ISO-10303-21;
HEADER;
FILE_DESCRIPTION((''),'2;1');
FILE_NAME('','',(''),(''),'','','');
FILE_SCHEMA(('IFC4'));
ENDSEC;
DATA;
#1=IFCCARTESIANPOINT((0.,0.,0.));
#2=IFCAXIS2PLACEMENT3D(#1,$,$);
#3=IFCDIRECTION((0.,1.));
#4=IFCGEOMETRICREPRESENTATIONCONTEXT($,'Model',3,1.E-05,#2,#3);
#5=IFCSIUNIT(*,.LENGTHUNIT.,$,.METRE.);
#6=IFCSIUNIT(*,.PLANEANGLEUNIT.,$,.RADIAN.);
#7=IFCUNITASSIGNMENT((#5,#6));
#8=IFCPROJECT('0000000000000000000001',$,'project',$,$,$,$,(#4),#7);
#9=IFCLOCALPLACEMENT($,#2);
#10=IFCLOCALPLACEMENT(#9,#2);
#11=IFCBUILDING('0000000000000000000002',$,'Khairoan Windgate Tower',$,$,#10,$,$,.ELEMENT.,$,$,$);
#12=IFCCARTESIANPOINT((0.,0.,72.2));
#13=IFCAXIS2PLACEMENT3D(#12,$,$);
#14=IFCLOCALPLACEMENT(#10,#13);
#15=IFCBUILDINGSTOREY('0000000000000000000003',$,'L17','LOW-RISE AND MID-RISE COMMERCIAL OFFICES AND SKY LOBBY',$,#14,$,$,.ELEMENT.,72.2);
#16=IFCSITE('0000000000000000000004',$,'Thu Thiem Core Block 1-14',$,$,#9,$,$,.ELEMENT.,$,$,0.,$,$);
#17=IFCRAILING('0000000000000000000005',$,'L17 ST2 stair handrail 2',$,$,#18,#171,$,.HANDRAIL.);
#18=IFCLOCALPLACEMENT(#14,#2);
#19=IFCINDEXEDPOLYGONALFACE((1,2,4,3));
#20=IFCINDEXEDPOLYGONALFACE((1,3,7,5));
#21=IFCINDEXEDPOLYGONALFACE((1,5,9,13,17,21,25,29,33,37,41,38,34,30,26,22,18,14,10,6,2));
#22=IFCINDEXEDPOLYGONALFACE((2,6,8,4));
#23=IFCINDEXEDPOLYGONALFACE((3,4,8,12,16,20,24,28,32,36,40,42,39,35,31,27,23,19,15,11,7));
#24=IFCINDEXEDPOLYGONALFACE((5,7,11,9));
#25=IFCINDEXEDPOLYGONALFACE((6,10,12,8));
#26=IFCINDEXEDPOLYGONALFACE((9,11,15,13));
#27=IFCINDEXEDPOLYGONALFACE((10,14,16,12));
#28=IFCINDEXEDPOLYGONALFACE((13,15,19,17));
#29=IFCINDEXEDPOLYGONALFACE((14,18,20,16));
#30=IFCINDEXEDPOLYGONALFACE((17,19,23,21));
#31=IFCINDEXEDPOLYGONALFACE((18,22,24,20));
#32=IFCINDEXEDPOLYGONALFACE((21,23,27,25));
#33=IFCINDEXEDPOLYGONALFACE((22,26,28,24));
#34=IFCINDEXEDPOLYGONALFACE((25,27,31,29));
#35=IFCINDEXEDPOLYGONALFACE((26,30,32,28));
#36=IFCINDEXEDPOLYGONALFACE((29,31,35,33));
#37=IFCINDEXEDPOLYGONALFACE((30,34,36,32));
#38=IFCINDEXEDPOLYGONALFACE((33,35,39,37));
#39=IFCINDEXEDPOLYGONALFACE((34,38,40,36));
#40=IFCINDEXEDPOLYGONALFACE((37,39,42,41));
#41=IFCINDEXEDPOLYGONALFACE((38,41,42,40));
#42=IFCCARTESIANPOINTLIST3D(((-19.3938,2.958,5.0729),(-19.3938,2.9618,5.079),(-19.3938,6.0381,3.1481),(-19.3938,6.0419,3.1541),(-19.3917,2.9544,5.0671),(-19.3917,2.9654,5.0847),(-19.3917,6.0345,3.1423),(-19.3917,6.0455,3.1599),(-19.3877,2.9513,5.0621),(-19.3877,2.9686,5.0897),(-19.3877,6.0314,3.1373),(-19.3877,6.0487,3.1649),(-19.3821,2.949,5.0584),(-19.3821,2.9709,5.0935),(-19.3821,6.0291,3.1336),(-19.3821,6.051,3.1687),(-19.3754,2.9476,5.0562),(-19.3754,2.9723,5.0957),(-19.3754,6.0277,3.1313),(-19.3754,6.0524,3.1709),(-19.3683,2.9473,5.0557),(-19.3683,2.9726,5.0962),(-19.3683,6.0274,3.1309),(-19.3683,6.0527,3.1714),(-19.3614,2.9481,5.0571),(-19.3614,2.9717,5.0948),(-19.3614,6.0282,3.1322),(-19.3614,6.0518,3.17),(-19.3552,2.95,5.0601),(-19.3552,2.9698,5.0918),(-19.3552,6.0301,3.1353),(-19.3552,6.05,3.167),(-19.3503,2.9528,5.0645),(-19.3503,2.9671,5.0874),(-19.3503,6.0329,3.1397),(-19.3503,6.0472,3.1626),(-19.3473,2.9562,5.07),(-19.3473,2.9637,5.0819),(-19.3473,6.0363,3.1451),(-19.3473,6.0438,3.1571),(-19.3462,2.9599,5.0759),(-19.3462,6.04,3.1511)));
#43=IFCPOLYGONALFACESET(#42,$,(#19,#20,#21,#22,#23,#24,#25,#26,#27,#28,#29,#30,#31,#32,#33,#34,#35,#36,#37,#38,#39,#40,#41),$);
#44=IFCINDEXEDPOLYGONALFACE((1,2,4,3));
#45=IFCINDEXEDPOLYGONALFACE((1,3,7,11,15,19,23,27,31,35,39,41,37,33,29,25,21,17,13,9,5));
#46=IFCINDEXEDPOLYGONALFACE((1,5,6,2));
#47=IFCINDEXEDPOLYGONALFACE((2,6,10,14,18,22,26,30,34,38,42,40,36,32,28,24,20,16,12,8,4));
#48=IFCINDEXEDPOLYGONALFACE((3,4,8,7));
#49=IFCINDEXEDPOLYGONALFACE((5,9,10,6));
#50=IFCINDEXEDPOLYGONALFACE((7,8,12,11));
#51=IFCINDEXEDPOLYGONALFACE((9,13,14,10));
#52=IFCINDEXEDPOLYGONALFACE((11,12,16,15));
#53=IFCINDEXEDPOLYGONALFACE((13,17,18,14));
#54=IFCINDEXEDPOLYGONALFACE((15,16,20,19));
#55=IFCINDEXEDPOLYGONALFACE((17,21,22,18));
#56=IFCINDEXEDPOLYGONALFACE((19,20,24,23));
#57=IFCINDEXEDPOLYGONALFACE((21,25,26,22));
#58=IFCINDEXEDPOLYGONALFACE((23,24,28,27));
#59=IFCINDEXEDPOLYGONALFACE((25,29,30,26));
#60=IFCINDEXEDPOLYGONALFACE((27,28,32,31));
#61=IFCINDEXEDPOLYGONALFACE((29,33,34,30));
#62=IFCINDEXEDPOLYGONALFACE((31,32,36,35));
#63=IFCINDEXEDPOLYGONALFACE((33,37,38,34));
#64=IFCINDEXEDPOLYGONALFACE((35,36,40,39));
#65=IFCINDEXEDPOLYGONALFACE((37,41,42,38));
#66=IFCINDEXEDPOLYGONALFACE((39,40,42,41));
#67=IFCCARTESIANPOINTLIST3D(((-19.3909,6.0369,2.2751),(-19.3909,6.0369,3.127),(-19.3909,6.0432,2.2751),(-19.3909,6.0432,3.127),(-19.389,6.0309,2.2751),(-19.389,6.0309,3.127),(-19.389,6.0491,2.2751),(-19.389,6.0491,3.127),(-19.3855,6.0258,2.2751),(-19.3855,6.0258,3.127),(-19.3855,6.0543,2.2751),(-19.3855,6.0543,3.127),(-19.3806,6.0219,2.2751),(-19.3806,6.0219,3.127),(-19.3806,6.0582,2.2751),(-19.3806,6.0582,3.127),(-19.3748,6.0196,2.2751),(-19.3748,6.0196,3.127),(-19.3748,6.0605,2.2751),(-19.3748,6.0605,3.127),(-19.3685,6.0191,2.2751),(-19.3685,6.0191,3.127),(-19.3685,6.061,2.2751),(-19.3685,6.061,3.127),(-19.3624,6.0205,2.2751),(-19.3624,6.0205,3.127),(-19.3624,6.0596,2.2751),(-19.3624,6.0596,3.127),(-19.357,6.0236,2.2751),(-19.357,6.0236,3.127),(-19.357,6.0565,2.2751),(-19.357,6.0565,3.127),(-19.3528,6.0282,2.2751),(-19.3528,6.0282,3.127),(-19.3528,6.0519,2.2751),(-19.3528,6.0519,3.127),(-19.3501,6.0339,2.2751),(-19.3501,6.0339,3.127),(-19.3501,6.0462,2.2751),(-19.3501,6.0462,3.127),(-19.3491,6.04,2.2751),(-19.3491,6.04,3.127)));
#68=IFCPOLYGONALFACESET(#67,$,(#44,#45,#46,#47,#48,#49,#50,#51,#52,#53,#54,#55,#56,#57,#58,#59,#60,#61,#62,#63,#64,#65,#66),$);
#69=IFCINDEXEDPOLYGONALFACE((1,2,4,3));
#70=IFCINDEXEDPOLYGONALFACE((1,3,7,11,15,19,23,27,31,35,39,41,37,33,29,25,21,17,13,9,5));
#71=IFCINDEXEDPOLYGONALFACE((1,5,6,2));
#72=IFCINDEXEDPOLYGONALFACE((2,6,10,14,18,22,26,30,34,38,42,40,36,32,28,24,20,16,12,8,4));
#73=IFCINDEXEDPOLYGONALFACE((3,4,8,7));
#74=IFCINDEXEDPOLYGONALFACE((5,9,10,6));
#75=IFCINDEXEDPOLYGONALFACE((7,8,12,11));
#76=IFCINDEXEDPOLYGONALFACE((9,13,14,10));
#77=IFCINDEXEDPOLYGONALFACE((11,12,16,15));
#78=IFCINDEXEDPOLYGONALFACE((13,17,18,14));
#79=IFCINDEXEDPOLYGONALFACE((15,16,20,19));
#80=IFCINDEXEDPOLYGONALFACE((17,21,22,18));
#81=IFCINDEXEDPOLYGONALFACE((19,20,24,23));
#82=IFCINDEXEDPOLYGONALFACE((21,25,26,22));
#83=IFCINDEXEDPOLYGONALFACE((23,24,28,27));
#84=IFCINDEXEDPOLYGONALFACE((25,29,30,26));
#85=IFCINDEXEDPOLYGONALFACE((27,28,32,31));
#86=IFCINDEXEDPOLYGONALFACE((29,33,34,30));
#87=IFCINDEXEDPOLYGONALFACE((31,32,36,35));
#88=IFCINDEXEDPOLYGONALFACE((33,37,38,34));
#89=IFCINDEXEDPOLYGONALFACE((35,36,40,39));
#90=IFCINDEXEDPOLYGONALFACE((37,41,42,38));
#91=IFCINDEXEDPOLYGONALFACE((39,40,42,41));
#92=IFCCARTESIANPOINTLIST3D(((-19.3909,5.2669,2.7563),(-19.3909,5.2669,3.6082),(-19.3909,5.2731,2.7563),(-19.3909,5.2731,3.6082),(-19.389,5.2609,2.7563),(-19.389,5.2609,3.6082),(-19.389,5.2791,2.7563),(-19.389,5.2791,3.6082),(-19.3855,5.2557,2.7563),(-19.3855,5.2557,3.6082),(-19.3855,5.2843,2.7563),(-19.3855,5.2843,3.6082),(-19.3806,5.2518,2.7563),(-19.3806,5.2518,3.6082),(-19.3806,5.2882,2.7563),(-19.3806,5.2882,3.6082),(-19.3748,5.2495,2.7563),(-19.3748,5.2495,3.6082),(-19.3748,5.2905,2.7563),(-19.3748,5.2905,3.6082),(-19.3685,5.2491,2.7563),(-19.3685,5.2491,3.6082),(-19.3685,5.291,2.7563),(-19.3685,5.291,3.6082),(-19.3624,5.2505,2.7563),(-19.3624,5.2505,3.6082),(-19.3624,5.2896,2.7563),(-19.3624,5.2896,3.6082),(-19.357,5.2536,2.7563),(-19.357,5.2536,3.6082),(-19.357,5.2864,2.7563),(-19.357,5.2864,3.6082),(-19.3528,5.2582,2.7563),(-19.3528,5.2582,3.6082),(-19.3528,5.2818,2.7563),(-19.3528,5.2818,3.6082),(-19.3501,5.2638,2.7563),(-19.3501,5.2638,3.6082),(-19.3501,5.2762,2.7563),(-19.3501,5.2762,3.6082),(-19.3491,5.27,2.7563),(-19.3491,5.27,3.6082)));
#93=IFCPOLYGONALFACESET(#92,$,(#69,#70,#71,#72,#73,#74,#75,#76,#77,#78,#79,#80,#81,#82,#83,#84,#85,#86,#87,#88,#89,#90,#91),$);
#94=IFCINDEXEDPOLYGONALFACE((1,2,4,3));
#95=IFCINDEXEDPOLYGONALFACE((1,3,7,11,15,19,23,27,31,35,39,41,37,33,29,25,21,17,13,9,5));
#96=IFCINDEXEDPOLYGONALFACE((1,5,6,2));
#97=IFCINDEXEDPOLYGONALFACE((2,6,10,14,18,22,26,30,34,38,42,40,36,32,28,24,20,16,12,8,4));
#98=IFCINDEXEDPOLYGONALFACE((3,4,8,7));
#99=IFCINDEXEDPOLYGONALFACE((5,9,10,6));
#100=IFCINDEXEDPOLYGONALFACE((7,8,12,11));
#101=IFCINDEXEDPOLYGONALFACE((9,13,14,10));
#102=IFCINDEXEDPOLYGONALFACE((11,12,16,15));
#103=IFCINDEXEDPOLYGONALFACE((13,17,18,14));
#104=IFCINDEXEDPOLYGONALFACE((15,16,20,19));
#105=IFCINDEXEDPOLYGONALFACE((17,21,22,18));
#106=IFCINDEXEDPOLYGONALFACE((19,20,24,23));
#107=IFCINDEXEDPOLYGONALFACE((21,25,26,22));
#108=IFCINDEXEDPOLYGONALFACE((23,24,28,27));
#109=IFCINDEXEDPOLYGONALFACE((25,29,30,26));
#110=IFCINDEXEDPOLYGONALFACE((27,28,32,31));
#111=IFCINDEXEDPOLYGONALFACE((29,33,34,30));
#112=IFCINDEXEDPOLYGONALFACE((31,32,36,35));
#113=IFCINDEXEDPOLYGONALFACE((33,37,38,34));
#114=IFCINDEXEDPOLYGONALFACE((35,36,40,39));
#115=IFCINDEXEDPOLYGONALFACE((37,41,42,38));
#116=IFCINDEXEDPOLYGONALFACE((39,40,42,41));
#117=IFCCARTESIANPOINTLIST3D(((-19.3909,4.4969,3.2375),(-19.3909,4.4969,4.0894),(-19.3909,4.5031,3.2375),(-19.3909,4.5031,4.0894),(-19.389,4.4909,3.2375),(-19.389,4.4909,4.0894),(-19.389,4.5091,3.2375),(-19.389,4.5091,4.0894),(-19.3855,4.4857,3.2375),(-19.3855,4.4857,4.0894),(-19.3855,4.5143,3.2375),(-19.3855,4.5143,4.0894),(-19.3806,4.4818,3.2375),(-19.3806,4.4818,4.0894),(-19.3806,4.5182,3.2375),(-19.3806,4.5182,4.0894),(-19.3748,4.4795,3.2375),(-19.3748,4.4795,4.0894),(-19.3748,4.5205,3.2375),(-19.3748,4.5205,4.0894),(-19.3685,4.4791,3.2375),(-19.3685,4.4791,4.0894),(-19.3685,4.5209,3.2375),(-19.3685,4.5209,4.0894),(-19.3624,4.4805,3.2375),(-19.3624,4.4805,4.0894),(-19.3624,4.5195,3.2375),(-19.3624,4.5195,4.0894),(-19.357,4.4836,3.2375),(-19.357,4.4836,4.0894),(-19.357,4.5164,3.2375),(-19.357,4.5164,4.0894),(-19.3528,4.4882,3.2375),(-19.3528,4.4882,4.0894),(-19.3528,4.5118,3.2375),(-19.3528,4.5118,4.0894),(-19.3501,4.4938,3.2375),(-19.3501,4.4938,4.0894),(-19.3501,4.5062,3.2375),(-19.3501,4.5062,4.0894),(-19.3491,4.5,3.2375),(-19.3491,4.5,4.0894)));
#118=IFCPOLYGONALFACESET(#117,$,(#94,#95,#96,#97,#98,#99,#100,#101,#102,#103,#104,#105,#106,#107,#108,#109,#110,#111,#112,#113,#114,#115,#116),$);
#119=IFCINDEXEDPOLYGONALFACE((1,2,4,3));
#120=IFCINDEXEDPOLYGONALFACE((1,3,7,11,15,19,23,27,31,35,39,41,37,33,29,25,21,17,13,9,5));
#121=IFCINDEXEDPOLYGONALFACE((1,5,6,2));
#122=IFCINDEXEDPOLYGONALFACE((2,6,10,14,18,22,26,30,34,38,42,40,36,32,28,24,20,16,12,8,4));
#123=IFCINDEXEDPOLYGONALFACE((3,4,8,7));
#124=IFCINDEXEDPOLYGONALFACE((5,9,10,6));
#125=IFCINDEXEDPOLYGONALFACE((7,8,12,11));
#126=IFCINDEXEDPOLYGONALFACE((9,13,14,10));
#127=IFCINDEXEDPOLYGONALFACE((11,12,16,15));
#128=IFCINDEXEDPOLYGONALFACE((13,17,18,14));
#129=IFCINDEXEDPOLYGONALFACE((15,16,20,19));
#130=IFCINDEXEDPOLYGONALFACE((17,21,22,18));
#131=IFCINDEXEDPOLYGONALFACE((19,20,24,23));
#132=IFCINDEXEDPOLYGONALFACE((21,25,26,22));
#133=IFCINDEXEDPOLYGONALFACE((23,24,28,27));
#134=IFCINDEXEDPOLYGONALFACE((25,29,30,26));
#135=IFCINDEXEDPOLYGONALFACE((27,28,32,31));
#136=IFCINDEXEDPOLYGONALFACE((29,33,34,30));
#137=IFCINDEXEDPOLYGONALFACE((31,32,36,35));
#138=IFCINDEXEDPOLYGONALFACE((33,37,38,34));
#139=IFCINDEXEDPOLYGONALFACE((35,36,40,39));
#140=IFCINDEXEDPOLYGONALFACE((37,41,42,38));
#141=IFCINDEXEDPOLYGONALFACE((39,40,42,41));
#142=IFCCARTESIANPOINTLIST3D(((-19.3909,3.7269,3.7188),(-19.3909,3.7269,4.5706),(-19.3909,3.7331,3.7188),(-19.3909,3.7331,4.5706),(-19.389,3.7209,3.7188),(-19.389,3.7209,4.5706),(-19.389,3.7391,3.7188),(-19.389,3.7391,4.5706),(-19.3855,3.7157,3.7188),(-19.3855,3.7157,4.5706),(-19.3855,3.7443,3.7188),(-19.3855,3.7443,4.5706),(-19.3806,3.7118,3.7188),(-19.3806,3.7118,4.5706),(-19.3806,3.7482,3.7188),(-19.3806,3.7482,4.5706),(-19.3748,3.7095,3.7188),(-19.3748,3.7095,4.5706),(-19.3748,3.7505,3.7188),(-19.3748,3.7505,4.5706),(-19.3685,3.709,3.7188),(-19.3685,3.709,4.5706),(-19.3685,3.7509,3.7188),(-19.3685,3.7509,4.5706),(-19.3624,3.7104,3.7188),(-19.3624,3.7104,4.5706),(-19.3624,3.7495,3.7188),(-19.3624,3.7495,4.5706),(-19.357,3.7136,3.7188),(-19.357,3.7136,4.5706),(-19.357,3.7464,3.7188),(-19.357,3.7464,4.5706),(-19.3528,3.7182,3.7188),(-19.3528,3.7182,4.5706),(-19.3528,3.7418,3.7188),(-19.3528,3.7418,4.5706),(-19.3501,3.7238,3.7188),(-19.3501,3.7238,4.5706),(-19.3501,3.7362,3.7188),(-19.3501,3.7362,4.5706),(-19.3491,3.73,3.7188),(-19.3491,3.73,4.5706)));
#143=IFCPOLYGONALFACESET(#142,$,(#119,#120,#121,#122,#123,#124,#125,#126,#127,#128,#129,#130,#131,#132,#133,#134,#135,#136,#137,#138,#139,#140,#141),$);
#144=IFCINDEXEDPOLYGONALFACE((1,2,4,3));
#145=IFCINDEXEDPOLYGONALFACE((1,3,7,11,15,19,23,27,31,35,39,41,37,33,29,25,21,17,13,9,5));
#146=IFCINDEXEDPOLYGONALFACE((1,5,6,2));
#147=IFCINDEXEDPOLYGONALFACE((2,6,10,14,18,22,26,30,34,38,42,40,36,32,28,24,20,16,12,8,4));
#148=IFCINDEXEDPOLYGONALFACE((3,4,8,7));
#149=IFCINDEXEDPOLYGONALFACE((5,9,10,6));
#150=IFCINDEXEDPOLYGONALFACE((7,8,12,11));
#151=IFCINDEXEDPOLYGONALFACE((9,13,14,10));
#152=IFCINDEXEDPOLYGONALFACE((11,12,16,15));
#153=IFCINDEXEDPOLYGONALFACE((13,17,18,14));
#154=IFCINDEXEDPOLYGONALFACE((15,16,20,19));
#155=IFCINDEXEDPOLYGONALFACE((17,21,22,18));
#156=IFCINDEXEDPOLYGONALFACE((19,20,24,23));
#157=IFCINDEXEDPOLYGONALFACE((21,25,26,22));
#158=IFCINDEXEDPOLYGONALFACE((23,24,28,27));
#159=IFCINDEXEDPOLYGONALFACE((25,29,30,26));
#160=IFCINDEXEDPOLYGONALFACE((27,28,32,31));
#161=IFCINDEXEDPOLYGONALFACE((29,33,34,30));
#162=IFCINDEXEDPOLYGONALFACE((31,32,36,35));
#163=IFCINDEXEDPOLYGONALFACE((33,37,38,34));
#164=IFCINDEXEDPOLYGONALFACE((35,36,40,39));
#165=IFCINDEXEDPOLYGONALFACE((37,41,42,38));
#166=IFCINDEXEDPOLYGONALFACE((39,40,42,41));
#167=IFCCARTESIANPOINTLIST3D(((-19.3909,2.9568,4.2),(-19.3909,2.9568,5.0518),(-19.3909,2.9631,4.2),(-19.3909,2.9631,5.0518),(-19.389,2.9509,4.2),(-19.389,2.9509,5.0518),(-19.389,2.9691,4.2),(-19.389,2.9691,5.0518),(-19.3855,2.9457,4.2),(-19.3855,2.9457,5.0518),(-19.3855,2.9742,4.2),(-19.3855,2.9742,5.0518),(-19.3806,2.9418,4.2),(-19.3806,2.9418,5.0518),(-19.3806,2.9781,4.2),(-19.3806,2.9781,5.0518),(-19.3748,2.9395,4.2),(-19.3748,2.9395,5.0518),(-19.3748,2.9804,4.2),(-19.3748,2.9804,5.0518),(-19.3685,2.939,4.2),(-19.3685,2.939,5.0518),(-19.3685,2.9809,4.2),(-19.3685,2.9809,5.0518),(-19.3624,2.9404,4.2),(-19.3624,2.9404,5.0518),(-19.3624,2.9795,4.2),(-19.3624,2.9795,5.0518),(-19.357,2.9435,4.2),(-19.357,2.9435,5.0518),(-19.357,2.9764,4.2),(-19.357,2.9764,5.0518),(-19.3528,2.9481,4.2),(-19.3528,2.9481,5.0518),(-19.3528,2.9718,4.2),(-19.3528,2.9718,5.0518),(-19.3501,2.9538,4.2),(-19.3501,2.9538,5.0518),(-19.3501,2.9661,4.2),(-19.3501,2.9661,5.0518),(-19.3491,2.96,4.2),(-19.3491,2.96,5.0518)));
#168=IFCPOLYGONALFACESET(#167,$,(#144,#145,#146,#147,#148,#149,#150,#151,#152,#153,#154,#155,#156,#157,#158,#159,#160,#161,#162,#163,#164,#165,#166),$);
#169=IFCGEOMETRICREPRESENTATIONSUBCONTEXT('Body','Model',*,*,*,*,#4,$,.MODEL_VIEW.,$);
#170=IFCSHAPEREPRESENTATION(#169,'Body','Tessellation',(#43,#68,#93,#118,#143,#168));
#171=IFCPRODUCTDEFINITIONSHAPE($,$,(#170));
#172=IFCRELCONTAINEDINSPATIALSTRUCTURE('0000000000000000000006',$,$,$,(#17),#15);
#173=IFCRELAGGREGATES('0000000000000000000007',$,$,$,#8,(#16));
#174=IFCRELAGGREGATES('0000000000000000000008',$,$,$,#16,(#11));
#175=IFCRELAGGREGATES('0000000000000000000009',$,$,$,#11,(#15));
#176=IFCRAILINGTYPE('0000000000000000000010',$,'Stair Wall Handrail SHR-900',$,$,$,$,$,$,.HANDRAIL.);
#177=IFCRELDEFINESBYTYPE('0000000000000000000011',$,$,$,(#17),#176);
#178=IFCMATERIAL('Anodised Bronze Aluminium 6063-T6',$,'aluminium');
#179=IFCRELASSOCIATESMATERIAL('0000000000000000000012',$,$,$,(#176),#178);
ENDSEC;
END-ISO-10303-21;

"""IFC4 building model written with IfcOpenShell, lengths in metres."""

from ifc_helpers import new_model, si_unit, direction, frame, origin, origin_2d, place, context, subcontext, project, spatial, circle, extrude, material, type_object, element, save


model = new_model("IFC4")

# Units and contexts
model_context = context("Model", 3, precision=1e-05, world=origin(), true_north=direction((0.0, 1.0)))
body_context = subcontext(model_context, "Body", "Model", "MODEL_VIEW")
ifc_project = project(units=[si_unit("LENGTHUNIT", "METRE"), si_unit("PLANEANGLEUNIT", "RADIAN")], contexts=[model_context])

# Site, building, storey
site_placement = place(None, origin())
site = spatial("IfcSite", under=ifc_project, at=site_placement, Name="Thu Thiem Core Block 1-14", CompositionType="ELEMENT", RefElevation=0.0)
building_placement = place(site_placement, origin())
building = spatial("IfcBuilding", under=site, at=building_placement, Name="Khairoan Windgate Tower", CompositionType="ELEMENT")
storey_placement = place(building_placement, frame((0.0, 0.0, 72.2)))
storey = spatial("IfcBuildingStorey", under=building, at=storey_placement, Name="L17", Description="LOW-RISE AND MID-RISE COMMERCIAL OFFICES AND SKY LOBBY", CompositionType="ELEMENT", Elevation=72.2)

# Railing
ifc_material_1 = material(Name="Anodised Bronze Aluminium 6063-T6", Category="aluminium")
railing_type_1 = type_object("IfcRailingType", Name="Stair Wall Handrail SHR-900", PredefinedType="HANDRAIL", material=ifc_material_1)
railing_1_placement = place(storey_placement, frame((-19.3701, 6.04, 2.2751)))
element("IfcRailing", 1, at=railing_1_placement, inside=storey, type_object=railing_type_1, Name="L17 ST2 stair handrail 2", PredefinedType="HANDRAIL", context=body_context, shape_type="SweptSolid", body=[
    extrude(circle(Radius=0.0239, at=origin_2d()), frame((0.0, 0.0, 0.876), z_axis=(0.0, -0.848029, 0.529951), x_axis=(1.0, 0.0, 0.0)), (0.0, 0.0, 1.0), 3.6321),
    extrude(circle(Radius=0.021, at=origin_2d()), origin(), (0.0, 0.0, 1.0), 0.8518),
    extrude(circle(Radius=0.021, at=origin_2d()), frame((0.0, -0.77, 0.4812)), (0.0, 0.0, 1.0), 0.8518),
    extrude(circle(Radius=0.021, at=origin_2d()), frame((0.0, -1.54, 0.9624)), (0.0, 0.0, 1.0), 0.8518),
    extrude(circle(Radius=0.021, at=origin_2d()), frame((0.0, -2.3101, 1.4436)), (0.0, 0.0, 1.0), 0.8518),
    extrude(circle(Radius=0.021, at=origin_2d()), frame((0.0, -3.0801, 1.9248)), (0.0, 0.0, 1.0), 0.8518),
])

save(model, "model.ifc")
